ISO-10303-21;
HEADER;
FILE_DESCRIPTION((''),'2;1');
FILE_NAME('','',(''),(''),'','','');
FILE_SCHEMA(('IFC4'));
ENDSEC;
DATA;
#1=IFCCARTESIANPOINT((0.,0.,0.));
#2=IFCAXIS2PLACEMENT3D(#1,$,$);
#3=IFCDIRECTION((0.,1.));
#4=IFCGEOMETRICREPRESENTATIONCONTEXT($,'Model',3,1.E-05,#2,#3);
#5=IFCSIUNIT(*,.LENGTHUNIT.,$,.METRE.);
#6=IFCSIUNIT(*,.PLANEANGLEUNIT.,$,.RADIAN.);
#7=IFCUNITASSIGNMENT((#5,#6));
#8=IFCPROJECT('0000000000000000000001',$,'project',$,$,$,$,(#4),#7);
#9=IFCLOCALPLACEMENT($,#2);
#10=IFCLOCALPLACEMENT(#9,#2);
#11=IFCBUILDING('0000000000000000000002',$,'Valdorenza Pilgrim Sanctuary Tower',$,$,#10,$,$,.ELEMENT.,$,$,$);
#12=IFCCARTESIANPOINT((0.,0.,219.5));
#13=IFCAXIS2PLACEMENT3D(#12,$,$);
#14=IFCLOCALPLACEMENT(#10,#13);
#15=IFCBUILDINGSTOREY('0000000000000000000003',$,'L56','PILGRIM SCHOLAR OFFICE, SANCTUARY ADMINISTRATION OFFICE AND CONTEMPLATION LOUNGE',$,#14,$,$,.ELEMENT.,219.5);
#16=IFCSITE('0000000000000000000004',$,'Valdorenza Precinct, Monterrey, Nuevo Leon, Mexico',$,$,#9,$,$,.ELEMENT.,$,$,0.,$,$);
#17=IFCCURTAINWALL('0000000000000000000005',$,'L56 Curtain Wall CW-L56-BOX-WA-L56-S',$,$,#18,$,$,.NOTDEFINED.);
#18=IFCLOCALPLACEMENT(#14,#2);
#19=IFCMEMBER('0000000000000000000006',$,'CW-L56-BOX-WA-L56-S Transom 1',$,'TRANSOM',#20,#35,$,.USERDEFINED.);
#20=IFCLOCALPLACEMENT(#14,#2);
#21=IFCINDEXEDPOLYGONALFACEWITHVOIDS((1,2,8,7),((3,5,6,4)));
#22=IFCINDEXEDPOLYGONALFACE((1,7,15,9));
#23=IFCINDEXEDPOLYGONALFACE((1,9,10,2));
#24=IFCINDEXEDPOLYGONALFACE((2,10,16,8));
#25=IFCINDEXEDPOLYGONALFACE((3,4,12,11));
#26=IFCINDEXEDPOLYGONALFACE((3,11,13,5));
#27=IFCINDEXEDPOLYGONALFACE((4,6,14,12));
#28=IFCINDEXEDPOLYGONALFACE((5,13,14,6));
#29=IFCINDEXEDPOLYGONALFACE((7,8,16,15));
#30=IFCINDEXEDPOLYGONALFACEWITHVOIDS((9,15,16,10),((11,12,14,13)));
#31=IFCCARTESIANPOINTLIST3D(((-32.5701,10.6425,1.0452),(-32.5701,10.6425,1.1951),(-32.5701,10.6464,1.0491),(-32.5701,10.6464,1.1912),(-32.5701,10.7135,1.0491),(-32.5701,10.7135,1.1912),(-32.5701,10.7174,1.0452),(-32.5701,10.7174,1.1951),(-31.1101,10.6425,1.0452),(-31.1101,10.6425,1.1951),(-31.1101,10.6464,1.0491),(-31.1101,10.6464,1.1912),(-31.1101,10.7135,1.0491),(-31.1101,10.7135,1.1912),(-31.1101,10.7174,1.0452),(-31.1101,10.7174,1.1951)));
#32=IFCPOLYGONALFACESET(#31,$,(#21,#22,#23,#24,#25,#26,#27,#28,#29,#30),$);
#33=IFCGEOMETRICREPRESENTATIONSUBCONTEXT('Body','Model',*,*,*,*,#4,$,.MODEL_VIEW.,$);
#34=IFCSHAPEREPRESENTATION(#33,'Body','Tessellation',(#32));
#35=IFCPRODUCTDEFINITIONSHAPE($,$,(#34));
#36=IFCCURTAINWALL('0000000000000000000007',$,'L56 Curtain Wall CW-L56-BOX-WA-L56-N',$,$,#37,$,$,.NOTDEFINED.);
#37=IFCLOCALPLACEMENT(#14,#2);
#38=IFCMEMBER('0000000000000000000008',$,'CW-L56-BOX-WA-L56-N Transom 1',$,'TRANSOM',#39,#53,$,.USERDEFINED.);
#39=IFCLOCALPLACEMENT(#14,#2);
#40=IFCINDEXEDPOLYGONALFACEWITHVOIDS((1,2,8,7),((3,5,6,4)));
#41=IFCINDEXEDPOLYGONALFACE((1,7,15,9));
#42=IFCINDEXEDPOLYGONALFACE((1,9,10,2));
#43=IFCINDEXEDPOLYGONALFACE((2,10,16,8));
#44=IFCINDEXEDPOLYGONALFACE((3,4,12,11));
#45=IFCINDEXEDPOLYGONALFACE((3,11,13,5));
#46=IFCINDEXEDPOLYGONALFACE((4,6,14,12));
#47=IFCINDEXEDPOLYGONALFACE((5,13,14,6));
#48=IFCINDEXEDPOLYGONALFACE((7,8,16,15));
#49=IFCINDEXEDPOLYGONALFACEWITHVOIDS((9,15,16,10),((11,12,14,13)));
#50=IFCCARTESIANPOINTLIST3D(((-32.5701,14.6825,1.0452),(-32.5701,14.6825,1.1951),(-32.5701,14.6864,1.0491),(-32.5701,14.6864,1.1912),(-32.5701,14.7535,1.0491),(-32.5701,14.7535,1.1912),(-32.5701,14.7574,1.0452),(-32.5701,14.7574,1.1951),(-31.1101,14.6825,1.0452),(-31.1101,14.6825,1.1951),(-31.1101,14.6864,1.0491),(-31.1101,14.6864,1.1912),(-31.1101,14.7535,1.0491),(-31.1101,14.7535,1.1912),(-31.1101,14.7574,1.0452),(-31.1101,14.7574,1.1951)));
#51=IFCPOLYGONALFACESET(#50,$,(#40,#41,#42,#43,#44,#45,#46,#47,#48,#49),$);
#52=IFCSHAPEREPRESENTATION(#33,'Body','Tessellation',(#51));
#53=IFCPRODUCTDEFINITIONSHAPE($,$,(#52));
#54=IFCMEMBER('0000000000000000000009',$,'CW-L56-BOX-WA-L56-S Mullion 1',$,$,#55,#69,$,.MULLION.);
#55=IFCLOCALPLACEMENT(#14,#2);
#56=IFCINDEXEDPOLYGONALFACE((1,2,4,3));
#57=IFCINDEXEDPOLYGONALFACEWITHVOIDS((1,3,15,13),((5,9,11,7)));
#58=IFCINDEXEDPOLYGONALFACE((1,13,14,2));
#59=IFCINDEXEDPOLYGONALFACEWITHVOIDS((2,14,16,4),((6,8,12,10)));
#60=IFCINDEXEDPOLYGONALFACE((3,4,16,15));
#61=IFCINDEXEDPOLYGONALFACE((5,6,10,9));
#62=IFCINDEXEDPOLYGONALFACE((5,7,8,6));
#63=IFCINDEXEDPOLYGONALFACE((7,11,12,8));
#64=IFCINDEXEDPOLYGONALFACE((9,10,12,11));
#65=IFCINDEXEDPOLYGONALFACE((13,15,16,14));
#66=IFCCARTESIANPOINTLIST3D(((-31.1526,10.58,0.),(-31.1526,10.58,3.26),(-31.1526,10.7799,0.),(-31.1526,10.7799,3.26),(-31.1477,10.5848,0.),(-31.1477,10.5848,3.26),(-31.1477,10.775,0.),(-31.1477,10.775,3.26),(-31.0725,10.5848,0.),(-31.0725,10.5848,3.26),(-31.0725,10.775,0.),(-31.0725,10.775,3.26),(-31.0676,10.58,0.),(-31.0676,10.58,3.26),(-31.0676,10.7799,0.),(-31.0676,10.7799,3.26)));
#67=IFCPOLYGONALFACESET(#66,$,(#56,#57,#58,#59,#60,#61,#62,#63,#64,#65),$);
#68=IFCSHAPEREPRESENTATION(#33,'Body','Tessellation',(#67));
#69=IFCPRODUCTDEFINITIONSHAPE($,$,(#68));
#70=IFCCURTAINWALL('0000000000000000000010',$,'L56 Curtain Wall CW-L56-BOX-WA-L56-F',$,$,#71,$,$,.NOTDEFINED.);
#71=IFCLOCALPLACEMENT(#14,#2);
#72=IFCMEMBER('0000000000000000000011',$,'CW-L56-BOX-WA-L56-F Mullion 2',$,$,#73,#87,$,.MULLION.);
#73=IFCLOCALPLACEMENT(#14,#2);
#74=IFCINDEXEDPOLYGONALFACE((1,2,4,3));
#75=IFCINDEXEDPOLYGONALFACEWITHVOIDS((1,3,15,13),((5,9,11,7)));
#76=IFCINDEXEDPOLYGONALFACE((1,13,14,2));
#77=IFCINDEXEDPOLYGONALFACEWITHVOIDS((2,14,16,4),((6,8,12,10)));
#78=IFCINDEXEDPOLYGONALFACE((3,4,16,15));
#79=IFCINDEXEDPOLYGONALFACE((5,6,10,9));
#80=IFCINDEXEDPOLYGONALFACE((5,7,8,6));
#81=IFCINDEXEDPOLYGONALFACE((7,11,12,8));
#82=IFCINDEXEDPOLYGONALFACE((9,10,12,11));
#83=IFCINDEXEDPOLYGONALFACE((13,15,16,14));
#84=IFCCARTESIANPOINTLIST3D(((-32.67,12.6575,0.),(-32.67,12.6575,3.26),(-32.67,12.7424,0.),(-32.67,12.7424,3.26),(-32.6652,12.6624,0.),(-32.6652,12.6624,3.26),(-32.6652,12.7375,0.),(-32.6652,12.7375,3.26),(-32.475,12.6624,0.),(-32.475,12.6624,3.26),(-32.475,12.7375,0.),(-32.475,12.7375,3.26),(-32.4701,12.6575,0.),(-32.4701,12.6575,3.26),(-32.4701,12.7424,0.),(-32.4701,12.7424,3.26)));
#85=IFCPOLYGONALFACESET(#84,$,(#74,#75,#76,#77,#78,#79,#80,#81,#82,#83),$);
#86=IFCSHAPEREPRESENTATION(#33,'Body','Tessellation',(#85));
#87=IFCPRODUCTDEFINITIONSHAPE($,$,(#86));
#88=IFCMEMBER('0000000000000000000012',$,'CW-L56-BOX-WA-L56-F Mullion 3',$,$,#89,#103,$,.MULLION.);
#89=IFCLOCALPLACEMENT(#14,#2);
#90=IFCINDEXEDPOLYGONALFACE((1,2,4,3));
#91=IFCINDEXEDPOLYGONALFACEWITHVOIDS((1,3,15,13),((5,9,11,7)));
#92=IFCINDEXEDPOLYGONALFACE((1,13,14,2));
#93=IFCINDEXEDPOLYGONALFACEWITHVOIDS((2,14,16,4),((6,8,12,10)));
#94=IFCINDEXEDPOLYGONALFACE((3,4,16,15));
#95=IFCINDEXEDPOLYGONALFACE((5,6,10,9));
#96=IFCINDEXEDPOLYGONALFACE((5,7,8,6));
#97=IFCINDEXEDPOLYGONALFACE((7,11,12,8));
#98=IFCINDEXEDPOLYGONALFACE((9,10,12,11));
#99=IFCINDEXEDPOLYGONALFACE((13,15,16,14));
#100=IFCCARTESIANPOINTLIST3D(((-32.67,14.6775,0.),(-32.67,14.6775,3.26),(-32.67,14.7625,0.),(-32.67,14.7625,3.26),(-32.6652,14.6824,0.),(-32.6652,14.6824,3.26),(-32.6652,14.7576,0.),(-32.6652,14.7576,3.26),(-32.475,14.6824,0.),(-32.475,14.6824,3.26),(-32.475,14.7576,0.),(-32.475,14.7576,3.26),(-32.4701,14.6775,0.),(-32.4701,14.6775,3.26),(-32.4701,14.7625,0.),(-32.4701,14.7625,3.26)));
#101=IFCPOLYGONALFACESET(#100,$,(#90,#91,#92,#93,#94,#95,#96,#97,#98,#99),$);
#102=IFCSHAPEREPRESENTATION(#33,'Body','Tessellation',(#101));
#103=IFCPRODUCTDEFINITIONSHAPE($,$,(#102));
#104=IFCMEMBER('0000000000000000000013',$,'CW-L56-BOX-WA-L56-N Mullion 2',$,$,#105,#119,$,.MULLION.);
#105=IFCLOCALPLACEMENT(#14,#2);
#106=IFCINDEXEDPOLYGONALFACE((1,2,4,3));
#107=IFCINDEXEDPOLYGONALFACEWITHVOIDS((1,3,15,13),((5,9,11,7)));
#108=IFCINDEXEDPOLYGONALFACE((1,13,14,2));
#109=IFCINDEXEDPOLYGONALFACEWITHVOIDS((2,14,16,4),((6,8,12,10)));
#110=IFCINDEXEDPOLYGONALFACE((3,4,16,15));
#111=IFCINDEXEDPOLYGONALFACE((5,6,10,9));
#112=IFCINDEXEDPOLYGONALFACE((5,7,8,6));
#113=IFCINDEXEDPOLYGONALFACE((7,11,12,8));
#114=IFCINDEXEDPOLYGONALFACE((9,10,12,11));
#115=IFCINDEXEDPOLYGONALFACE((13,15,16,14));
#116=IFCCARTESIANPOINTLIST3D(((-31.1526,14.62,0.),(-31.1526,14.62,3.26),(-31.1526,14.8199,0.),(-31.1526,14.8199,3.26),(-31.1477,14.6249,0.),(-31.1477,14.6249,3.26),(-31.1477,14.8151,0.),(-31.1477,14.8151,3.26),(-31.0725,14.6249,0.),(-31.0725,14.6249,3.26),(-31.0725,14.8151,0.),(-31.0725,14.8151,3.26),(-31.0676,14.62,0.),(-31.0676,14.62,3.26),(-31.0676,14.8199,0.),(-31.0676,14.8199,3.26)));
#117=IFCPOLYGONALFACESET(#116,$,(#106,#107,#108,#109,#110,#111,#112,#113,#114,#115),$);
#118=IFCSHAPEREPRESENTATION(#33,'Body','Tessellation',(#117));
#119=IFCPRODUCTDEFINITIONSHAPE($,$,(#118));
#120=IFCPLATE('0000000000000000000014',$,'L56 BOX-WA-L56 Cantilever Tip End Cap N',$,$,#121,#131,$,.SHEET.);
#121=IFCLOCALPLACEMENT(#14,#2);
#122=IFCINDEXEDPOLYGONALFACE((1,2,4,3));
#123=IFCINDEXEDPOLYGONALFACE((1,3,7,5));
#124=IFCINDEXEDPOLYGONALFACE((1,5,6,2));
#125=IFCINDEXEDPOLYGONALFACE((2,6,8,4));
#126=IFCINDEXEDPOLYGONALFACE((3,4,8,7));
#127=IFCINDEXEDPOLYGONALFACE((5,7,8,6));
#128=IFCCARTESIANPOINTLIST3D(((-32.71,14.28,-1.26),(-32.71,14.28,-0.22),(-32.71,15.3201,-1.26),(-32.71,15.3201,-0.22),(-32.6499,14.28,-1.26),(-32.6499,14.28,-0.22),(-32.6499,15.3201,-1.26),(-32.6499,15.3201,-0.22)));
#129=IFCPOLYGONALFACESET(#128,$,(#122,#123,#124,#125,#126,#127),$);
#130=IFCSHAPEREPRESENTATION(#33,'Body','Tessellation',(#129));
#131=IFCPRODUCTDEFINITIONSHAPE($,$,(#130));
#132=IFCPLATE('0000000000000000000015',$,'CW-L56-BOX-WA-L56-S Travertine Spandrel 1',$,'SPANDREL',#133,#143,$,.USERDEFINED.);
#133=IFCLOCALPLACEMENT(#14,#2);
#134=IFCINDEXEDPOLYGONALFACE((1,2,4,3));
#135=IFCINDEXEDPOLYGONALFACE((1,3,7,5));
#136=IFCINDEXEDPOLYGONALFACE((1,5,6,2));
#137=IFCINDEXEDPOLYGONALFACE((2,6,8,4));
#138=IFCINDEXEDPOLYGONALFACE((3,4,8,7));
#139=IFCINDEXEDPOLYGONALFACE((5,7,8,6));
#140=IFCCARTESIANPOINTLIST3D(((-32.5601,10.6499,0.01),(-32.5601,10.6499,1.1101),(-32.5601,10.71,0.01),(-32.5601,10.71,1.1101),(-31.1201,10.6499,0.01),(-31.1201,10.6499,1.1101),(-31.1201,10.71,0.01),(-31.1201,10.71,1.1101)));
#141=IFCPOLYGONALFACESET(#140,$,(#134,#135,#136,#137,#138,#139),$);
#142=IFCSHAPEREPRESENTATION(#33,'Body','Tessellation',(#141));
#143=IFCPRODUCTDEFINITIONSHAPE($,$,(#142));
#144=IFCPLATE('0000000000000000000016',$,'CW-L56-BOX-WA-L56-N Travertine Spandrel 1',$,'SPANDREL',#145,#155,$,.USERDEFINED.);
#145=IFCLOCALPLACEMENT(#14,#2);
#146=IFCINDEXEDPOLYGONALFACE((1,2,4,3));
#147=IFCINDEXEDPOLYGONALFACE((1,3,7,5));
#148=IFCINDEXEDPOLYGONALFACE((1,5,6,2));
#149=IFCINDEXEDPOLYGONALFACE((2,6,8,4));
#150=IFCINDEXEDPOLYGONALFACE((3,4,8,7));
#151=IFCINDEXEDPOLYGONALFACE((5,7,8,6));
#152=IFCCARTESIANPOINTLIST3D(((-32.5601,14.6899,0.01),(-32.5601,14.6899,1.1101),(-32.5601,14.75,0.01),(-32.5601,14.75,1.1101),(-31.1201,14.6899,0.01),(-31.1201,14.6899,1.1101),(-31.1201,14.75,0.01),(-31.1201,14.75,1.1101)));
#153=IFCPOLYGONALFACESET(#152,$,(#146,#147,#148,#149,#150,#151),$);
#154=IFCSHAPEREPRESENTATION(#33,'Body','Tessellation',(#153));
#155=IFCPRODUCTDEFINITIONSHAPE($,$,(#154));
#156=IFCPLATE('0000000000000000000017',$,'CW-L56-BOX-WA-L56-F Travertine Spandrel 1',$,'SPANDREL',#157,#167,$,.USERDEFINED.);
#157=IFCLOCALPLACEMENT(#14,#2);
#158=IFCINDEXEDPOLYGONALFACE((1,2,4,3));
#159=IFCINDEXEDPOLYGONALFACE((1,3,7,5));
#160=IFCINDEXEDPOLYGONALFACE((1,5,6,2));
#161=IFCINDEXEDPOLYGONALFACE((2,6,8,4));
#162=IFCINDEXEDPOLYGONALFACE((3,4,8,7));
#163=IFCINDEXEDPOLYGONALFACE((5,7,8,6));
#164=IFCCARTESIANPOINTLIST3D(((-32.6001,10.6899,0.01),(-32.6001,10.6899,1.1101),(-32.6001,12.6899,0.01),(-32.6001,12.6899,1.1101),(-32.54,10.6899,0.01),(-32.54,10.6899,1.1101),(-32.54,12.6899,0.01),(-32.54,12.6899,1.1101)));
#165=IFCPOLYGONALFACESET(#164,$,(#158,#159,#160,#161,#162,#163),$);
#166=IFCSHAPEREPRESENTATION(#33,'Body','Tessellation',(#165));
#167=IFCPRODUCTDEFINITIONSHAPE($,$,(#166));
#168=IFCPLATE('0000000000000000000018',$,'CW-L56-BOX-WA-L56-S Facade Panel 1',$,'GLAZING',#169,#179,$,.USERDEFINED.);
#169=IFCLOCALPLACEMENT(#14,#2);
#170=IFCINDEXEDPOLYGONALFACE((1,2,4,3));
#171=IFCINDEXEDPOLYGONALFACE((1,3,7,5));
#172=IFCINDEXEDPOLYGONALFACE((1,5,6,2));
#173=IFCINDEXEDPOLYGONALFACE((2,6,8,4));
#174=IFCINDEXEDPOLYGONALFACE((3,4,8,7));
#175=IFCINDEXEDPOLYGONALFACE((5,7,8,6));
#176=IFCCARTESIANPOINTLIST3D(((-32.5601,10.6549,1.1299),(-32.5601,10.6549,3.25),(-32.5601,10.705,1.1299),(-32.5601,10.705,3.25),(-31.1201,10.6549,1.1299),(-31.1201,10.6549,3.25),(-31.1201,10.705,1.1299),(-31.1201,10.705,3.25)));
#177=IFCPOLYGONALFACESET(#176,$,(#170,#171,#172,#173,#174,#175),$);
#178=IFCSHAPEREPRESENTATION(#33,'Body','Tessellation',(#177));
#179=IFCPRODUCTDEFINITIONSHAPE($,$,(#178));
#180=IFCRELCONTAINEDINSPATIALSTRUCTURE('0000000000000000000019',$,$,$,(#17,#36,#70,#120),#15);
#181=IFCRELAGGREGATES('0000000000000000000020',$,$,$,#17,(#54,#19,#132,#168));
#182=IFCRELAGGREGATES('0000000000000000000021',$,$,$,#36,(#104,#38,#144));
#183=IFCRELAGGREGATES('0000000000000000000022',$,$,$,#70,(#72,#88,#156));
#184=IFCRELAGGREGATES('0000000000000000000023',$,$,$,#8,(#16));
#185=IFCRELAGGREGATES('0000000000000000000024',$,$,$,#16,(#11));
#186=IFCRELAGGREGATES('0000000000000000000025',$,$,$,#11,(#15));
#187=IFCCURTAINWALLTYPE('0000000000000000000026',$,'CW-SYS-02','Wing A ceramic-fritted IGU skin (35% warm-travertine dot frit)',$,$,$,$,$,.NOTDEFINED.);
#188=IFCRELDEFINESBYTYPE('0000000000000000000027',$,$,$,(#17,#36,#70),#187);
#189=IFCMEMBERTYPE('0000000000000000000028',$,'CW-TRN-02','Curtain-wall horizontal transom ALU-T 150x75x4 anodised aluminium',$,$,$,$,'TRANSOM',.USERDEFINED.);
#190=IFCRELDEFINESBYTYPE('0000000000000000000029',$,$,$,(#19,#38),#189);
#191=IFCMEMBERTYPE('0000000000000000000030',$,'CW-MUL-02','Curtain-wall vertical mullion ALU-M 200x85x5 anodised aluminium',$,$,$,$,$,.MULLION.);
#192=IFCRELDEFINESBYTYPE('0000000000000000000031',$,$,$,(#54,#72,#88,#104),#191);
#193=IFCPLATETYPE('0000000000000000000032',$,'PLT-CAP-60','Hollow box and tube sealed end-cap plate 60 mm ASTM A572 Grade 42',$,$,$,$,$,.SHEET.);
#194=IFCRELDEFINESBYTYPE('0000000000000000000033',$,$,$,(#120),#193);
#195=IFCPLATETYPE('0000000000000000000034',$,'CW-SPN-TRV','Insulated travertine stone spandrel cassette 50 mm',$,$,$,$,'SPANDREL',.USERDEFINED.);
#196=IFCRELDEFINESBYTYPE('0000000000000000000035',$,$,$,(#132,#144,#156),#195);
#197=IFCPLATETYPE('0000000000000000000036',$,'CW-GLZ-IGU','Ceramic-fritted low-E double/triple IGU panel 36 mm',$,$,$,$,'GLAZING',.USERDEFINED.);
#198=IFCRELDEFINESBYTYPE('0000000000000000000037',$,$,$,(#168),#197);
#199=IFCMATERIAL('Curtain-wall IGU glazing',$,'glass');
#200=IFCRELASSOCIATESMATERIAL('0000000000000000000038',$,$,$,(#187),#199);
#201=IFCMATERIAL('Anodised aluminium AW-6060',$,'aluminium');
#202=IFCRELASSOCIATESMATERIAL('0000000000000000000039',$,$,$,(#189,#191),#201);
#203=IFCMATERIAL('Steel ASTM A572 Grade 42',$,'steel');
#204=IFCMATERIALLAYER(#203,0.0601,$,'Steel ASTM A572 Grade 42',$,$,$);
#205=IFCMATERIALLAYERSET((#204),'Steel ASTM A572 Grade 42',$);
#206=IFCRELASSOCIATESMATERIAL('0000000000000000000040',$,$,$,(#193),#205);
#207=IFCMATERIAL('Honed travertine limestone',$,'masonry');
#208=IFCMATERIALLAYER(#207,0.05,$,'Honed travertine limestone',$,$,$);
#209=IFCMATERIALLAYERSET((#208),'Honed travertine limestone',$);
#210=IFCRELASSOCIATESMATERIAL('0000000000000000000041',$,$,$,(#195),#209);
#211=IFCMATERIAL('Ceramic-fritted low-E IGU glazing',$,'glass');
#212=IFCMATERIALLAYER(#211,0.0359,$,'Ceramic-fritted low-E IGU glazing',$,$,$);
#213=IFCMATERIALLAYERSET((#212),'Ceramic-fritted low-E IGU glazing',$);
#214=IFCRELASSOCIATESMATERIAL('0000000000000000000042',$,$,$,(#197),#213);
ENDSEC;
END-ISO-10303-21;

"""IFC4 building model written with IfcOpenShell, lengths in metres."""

from ifc_helpers import new_model, si_unit, direction, frame, origin, origin_2d, place, context, subcontext, project, spatial, rectangle, hollow_rectangle, extrude, source, transform, mapped, material, layer, layer_set, material_profile, profile_set, type_object, element, aggregate, save


model = new_model("IFC4")

# Units and contexts
model_context = context("Model", 3, precision=1e-05, world=origin(), true_north=direction((0.0, 1.0)))
body_context = subcontext(model_context, "Body", "Model", "MODEL_VIEW")
ifc_project = project(units=[si_unit("LENGTHUNIT", "METRE"), si_unit("PLANEANGLEUNIT", "RADIAN")], contexts=[model_context])

# Site, building, storey
site_placement = place(None, origin())
site = spatial("IfcSite", under=ifc_project, at=site_placement, Name="Valdorenza Precinct, Monterrey, Nuevo Leon, Mexico", CompositionType="ELEMENT", RefElevation=0.0)
building_placement = place(site_placement, origin())
building = spatial("IfcBuilding", under=site, at=building_placement, Name="Valdorenza Pilgrim Sanctuary Tower", CompositionType="ELEMENT")
storey_placement = place(building_placement, frame((0.0, 0.0, 219.5)))
storey = spatial("IfcBuildingStorey", under=building, at=storey_placement, Name="L56", Description="PILGRIM SCHOLAR OFFICE, SANCTUARY ADMINISTRATION OFFICE AND CONTEMPLATION LOUNGE", CompositionType="ELEMENT", Elevation=219.5)

# Curtain walls, members
ifc_material_1 = material(Name="Curtain-wall IGU glazing", Category="glass")
curtain_wall_type = type_object("IfcCurtainWallType", Name="CW-SYS-02", Description="Wing A ceramic-fritted IGU skin (35% warm-travertine dot frit)", PredefinedType="NOTDEFINED", material=ifc_material_1)
curtain_wall_1_placement = place(storey_placement, origin())
curtain_wall_1 = element("IfcCurtainWall", 1, at=curtain_wall_1_placement, inside=storey, type_object=curtain_wall_type, Name="L56 Curtain Wall CW-L56-BOX-WA-L56-S", PredefinedType="NOTDEFINED")
ifc_material_2 = material(Name="Anodised aluminium AW-6060", Category="aluminium")
ifc_material_profile_1 = material_profile(ifc_material_2, hollow_rectangle(XDim=0.075, YDim=0.1499, WallThickness=0.0039, at=origin_2d()), Name="ALU-T 150x75x4")
ifc_profile_set_1 = profile_set([ifc_material_profile_1], Name="Anodised aluminium AW-6060")
member_type_1 = type_object("IfcMemberType", Name="CW-TRN-02", Description="Curtain-wall horizontal transom ALU-T 150x75x4 anodised aluminium", ElementType="TRANSOM", PredefinedType="USERDEFINED", material=ifc_profile_set_1)
shared_shape_1 = source(origin(), body_context, "Body", "SweptSolid", [
    extrude(hollow_rectangle(XDim=0.075, YDim=0.1499, WallThickness=0.0039, at=origin_2d()), origin(), (0.0, 0.0, 1.0), 1.46),
])
member_1_placement = place(storey_placement, frame((-31.1101, 10.6799, 1.1201), z_axis=(-1.0, 0.0, 0.0), x_axis=(0.0, -1.0, 0.0)))
member_1 = element("IfcMember", 2, at=member_1_placement, type_object=member_type_1, Name="CW-L56-BOX-WA-L56-S Transom 1", ObjectType="TRANSOM", PredefinedType="USERDEFINED", context=body_context, shape_type="MappedRepresentation", body=[
    mapped(shared_shape_1, transform((0.0, 0.0, 0.0), x_axis=(1.0, 0.0, 0.0), y_axis=(0.0, 1.0, 0.0), z_axis=(0.0, 0.0, 1.0), scale=1.0)),
])
curtain_wall_2_placement = place(storey_placement, origin())
curtain_wall_2 = element("IfcCurtainWall", 3, at=curtain_wall_2_placement, inside=storey, type_object=curtain_wall_type, Name="L56 Curtain Wall CW-L56-BOX-WA-L56-N", PredefinedType="NOTDEFINED")
member_2_placement = place(storey_placement, frame((-32.5701, 14.72, 1.1201), z_axis=(1.0, 0.0, 0.0), x_axis=(0.0, 1.0, 0.0)))
member_2 = element("IfcMember", 4, at=member_2_placement, type_object=member_type_1, Name="CW-L56-BOX-WA-L56-N Transom 1", ObjectType="TRANSOM", PredefinedType="USERDEFINED", context=body_context, shape_type="MappedRepresentation", body=[
    mapped(shared_shape_1, transform((0.0, 0.0, 0.0), x_axis=(1.0, 0.0, 0.0), y_axis=(0.0, 1.0, 0.0), z_axis=(0.0, 0.0, 1.0), scale=1.0)),
])

# Member
ifc_material_profile_2 = material_profile(ifc_material_2, hollow_rectangle(XDim=0.085, YDim=0.2, WallThickness=0.0049, at=origin_2d()), Name="ALU-M 200x85x5")
ifc_profile_set_2 = profile_set([ifc_material_profile_2], Name="Anodised aluminium AW-6060")
member_type_2 = type_object("IfcMemberType", Name="CW-MUL-02", Description="Curtain-wall vertical mullion ALU-M 200x85x5 anodised aluminium", PredefinedType="MULLION", material=ifc_profile_set_2)
shared_shape_2 = source(origin(), body_context, "Body", "SweptSolid", [
    extrude(hollow_rectangle(XDim=0.085, YDim=0.2, WallThickness=0.0049, at=origin_2d()), origin(), (0.0, 0.0, 1.0), 3.26),
])
member_3_placement = place(storey_placement, frame((-31.1101, 10.6799, 0.0), z_axis=(0.0, 0.0, 1.0), x_axis=(-1.0, 0.0, 0.0)))
member_3 = element("IfcMember", 5, at=member_3_placement, type_object=member_type_2, Name="CW-L56-BOX-WA-L56-S Mullion 1", PredefinedType="MULLION", context=body_context, shape_type="MappedRepresentation", body=[
    mapped(shared_shape_2, transform((0.0, 0.0, 0.0), x_axis=(1.0, 0.0, 0.0), y_axis=(0.0, 1.0, 0.0), z_axis=(0.0, 0.0, 1.0), scale=1.0)),
])

# Curtain wall, members
curtain_wall_3_placement = place(storey_placement, origin())
curtain_wall_3 = element("IfcCurtainWall", 6, at=curtain_wall_3_placement, inside=storey, type_object=curtain_wall_type, Name="L56 Curtain Wall CW-L56-BOX-WA-L56-F", PredefinedType="NOTDEFINED")
member_4_placement = place(storey_placement, frame((-32.5701, 12.7, 0.0), z_axis=(0.0, 0.0, 1.0), x_axis=(0.0, 1.0, 0.0)))
member_4 = element("IfcMember", 7, at=member_4_placement, type_object=member_type_2, Name="CW-L56-BOX-WA-L56-F Mullion 2", PredefinedType="MULLION", context=body_context, shape_type="MappedRepresentation", body=[
    mapped(shared_shape_2, transform((0.0, 0.0, 0.0), x_axis=(1.0, 0.0, 0.0), y_axis=(0.0, 1.0, 0.0), z_axis=(0.0, 0.0, 1.0), scale=1.0)),
])
member_5_placement = place(storey_placement, frame((-32.5701, 14.72, 0.0), z_axis=(0.0, 0.0, 1.0), x_axis=(0.0, 1.0, 0.0)))
member_5 = element("IfcMember", 8, at=member_5_placement, type_object=member_type_2, Name="CW-L56-BOX-WA-L56-F Mullion 3", PredefinedType="MULLION", context=body_context, shape_type="MappedRepresentation", body=[
    mapped(shared_shape_2, transform((0.0, 0.0, 0.0), x_axis=(1.0, 0.0, 0.0), y_axis=(0.0, 1.0, 0.0), z_axis=(0.0, 0.0, 1.0), scale=1.0)),
])

# Member
member_6_placement = place(storey_placement, frame((-31.1101, 14.72, 0.0), z_axis=(0.0, 0.0, 1.0), x_axis=(1.0, 0.0, 0.0)))
member_6 = element("IfcMember", 9, at=member_6_placement, type_object=member_type_2, Name="CW-L56-BOX-WA-L56-N Mullion 2", PredefinedType="MULLION", context=body_context, shape_type="MappedRepresentation", body=[
    mapped(shared_shape_2, transform((0.0, 0.0, 0.0), x_axis=(1.0, 0.0, 0.0), y_axis=(0.0, 1.0, 0.0), z_axis=(0.0, 0.0, 1.0), scale=1.0)),
])

# Plates
ifc_material_3 = material(Name="Steel ASTM A572 Grade 42", Category="steel")
ifc_layer_1 = layer(ifc_material_3, 0.0601, Name="Steel ASTM A572 Grade 42")
ifc_layer_set_1 = layer_set([ifc_layer_1], Name="Steel ASTM A572 Grade 42")
plate_type_1 = type_object("IfcPlateType", Name="PLT-CAP-60", Description="Hollow box and tube sealed end-cap plate 60 mm ASTM A572 Grade 42", PredefinedType="SHEET", material=ifc_layer_set_1)
shared_shape_3 = source(origin(), body_context, "Body", "SweptSolid", [
    extrude(rectangle(XDim=0.0601, YDim=1.04, at=origin_2d()), origin(), (0.0, 0.0, 1.0), 1.04),
])
plate_1_placement = place(storey_placement, frame((-32.6799, 14.8, -1.26), z_axis=(0.0, 0.0, 1.0), x_axis=(1.0, 0.0, 0.0)))
element("IfcPlate", 10, at=plate_1_placement, inside=storey, type_object=plate_type_1, Name="L56 BOX-WA-L56 Cantilever Tip End Cap N", PredefinedType="SHEET", context=body_context, shape_type="MappedRepresentation", body=[
    mapped(shared_shape_3, transform((0.0, 0.0, 0.0), x_axis=(1.0, 0.0, 0.0), y_axis=(0.0, 1.0, 0.0), z_axis=(0.0, 0.0, 1.0), scale=1.0)),
])
ifc_material_4 = material(Name="Honed travertine limestone", Category="masonry")
ifc_layer_2 = layer(ifc_material_4, 0.05, Name="Honed travertine limestone")
ifc_layer_set_2 = layer_set([ifc_layer_2], Name="Honed travertine limestone")
plate_type_2 = type_object("IfcPlateType", Name="CW-SPN-TRV", Description="Insulated travertine stone spandrel cassette 50 mm", ElementType="SPANDREL", PredefinedType="USERDEFINED", material=ifc_layer_set_2)
shared_shape_4 = source(origin(), body_context, "Body", "SweptSolid", [
    extrude(rectangle(XDim=1.4399, YDim=0.0601, at=origin_2d()), origin(), (0.0, 0.0, 1.0), 1.1001),
])
plate_2_placement = place(storey_placement, frame((-31.8401, 10.6799, 0.01), z_axis=(0.0, 0.0, 1.0), x_axis=(-1.0, 0.0, 0.0)))
plate_2 = element("IfcPlate", 11, at=plate_2_placement, type_object=plate_type_2, Name="CW-L56-BOX-WA-L56-S Travertine Spandrel 1", ObjectType="SPANDREL", PredefinedType="USERDEFINED", context=body_context, shape_type="MappedRepresentation", body=[
    mapped(shared_shape_4, transform((0.0, 0.0, 0.0), x_axis=(1.0, 0.0, 0.0), y_axis=(0.0, 1.0, 0.0), z_axis=(0.0, 0.0, 1.0), scale=1.0)),
])
plate_3_placement = place(storey_placement, frame((-31.8401, 14.72, 0.01), z_axis=(0.0, 0.0, 1.0), x_axis=(1.0, 0.0, 0.0)))
plate_3 = element("IfcPlate", 12, at=plate_3_placement, type_object=plate_type_2, Name="CW-L56-BOX-WA-L56-N Travertine Spandrel 1", ObjectType="SPANDREL", PredefinedType="USERDEFINED", context=body_context, shape_type="MappedRepresentation", body=[
    mapped(shared_shape_4, transform((0.0, 0.0, 0.0), x_axis=(1.0, 0.0, 0.0), y_axis=(0.0, 1.0, 0.0), z_axis=(0.0, 0.0, 1.0), scale=1.0)),
])
shared_shape_5 = source(origin(), body_context, "Body", "SweptSolid", [
    extrude(rectangle(XDim=2.0, YDim=0.0601, at=origin_2d()), origin(), (0.0, 0.0, 1.0), 1.1001),
])
plate_4_placement = place(storey_placement, frame((-32.5701, 11.6899, 0.01), z_axis=(0.0, 0.0, 1.0), x_axis=(0.0, 1.0, 0.0)))
plate_4 = element("IfcPlate", 13, at=plate_4_placement, type_object=plate_type_2, Name="CW-L56-BOX-WA-L56-F Travertine Spandrel 1", ObjectType="SPANDREL", PredefinedType="USERDEFINED", context=body_context, shape_type="MappedRepresentation", body=[
    mapped(shared_shape_5, transform((0.0, 0.0, 0.0), x_axis=(1.0, 0.0, 0.0), y_axis=(0.0, 1.0, 0.0), z_axis=(0.0, 0.0, 1.0), scale=1.0)),
])
ifc_material_5 = material(Name="Ceramic-fritted low-E IGU glazing", Category="glass")
ifc_layer_3 = layer(ifc_material_5, 0.0359, Name="Ceramic-fritted low-E IGU glazing")
ifc_layer_set_3 = layer_set([ifc_layer_3], Name="Ceramic-fritted low-E IGU glazing")
plate_type_3 = type_object("IfcPlateType", Name="CW-GLZ-IGU", Description="Ceramic-fritted low-E double/triple IGU panel 36 mm", ElementType="GLAZING", PredefinedType="USERDEFINED", material=ifc_layer_set_3)
shared_shape_6 = source(origin(), body_context, "Body", "SweptSolid", [
    extrude(rectangle(XDim=1.4399, YDim=0.05, at=origin_2d()), origin(), (0.0, 0.0, 1.0), 2.1201),
])
plate_5_placement = place(storey_placement, frame((-31.8401, 10.6799, 1.1299), z_axis=(0.0, 0.0, 1.0), x_axis=(-1.0, 0.0, 0.0)))
plate_5 = element("IfcPlate", 14, at=plate_5_placement, type_object=plate_type_3, Name="CW-L56-BOX-WA-L56-S Facade Panel 1", ObjectType="GLAZING", PredefinedType="USERDEFINED", context=body_context, shape_type="MappedRepresentation", body=[
    mapped(shared_shape_6, transform((0.0, 0.0, 0.0), x_axis=(1.0, 0.0, 0.0), y_axis=(0.0, 1.0, 0.0), z_axis=(0.0, 0.0, 1.0), scale=1.0)),
])
aggregate(curtain_wall_1, [member_3, member_1, plate_2, plate_5])
aggregate(curtain_wall_2, [member_6, member_2, plate_3])
aggregate(curtain_wall_3, [member_4, member_5, plate_4])

save(model, "model.ifc")
